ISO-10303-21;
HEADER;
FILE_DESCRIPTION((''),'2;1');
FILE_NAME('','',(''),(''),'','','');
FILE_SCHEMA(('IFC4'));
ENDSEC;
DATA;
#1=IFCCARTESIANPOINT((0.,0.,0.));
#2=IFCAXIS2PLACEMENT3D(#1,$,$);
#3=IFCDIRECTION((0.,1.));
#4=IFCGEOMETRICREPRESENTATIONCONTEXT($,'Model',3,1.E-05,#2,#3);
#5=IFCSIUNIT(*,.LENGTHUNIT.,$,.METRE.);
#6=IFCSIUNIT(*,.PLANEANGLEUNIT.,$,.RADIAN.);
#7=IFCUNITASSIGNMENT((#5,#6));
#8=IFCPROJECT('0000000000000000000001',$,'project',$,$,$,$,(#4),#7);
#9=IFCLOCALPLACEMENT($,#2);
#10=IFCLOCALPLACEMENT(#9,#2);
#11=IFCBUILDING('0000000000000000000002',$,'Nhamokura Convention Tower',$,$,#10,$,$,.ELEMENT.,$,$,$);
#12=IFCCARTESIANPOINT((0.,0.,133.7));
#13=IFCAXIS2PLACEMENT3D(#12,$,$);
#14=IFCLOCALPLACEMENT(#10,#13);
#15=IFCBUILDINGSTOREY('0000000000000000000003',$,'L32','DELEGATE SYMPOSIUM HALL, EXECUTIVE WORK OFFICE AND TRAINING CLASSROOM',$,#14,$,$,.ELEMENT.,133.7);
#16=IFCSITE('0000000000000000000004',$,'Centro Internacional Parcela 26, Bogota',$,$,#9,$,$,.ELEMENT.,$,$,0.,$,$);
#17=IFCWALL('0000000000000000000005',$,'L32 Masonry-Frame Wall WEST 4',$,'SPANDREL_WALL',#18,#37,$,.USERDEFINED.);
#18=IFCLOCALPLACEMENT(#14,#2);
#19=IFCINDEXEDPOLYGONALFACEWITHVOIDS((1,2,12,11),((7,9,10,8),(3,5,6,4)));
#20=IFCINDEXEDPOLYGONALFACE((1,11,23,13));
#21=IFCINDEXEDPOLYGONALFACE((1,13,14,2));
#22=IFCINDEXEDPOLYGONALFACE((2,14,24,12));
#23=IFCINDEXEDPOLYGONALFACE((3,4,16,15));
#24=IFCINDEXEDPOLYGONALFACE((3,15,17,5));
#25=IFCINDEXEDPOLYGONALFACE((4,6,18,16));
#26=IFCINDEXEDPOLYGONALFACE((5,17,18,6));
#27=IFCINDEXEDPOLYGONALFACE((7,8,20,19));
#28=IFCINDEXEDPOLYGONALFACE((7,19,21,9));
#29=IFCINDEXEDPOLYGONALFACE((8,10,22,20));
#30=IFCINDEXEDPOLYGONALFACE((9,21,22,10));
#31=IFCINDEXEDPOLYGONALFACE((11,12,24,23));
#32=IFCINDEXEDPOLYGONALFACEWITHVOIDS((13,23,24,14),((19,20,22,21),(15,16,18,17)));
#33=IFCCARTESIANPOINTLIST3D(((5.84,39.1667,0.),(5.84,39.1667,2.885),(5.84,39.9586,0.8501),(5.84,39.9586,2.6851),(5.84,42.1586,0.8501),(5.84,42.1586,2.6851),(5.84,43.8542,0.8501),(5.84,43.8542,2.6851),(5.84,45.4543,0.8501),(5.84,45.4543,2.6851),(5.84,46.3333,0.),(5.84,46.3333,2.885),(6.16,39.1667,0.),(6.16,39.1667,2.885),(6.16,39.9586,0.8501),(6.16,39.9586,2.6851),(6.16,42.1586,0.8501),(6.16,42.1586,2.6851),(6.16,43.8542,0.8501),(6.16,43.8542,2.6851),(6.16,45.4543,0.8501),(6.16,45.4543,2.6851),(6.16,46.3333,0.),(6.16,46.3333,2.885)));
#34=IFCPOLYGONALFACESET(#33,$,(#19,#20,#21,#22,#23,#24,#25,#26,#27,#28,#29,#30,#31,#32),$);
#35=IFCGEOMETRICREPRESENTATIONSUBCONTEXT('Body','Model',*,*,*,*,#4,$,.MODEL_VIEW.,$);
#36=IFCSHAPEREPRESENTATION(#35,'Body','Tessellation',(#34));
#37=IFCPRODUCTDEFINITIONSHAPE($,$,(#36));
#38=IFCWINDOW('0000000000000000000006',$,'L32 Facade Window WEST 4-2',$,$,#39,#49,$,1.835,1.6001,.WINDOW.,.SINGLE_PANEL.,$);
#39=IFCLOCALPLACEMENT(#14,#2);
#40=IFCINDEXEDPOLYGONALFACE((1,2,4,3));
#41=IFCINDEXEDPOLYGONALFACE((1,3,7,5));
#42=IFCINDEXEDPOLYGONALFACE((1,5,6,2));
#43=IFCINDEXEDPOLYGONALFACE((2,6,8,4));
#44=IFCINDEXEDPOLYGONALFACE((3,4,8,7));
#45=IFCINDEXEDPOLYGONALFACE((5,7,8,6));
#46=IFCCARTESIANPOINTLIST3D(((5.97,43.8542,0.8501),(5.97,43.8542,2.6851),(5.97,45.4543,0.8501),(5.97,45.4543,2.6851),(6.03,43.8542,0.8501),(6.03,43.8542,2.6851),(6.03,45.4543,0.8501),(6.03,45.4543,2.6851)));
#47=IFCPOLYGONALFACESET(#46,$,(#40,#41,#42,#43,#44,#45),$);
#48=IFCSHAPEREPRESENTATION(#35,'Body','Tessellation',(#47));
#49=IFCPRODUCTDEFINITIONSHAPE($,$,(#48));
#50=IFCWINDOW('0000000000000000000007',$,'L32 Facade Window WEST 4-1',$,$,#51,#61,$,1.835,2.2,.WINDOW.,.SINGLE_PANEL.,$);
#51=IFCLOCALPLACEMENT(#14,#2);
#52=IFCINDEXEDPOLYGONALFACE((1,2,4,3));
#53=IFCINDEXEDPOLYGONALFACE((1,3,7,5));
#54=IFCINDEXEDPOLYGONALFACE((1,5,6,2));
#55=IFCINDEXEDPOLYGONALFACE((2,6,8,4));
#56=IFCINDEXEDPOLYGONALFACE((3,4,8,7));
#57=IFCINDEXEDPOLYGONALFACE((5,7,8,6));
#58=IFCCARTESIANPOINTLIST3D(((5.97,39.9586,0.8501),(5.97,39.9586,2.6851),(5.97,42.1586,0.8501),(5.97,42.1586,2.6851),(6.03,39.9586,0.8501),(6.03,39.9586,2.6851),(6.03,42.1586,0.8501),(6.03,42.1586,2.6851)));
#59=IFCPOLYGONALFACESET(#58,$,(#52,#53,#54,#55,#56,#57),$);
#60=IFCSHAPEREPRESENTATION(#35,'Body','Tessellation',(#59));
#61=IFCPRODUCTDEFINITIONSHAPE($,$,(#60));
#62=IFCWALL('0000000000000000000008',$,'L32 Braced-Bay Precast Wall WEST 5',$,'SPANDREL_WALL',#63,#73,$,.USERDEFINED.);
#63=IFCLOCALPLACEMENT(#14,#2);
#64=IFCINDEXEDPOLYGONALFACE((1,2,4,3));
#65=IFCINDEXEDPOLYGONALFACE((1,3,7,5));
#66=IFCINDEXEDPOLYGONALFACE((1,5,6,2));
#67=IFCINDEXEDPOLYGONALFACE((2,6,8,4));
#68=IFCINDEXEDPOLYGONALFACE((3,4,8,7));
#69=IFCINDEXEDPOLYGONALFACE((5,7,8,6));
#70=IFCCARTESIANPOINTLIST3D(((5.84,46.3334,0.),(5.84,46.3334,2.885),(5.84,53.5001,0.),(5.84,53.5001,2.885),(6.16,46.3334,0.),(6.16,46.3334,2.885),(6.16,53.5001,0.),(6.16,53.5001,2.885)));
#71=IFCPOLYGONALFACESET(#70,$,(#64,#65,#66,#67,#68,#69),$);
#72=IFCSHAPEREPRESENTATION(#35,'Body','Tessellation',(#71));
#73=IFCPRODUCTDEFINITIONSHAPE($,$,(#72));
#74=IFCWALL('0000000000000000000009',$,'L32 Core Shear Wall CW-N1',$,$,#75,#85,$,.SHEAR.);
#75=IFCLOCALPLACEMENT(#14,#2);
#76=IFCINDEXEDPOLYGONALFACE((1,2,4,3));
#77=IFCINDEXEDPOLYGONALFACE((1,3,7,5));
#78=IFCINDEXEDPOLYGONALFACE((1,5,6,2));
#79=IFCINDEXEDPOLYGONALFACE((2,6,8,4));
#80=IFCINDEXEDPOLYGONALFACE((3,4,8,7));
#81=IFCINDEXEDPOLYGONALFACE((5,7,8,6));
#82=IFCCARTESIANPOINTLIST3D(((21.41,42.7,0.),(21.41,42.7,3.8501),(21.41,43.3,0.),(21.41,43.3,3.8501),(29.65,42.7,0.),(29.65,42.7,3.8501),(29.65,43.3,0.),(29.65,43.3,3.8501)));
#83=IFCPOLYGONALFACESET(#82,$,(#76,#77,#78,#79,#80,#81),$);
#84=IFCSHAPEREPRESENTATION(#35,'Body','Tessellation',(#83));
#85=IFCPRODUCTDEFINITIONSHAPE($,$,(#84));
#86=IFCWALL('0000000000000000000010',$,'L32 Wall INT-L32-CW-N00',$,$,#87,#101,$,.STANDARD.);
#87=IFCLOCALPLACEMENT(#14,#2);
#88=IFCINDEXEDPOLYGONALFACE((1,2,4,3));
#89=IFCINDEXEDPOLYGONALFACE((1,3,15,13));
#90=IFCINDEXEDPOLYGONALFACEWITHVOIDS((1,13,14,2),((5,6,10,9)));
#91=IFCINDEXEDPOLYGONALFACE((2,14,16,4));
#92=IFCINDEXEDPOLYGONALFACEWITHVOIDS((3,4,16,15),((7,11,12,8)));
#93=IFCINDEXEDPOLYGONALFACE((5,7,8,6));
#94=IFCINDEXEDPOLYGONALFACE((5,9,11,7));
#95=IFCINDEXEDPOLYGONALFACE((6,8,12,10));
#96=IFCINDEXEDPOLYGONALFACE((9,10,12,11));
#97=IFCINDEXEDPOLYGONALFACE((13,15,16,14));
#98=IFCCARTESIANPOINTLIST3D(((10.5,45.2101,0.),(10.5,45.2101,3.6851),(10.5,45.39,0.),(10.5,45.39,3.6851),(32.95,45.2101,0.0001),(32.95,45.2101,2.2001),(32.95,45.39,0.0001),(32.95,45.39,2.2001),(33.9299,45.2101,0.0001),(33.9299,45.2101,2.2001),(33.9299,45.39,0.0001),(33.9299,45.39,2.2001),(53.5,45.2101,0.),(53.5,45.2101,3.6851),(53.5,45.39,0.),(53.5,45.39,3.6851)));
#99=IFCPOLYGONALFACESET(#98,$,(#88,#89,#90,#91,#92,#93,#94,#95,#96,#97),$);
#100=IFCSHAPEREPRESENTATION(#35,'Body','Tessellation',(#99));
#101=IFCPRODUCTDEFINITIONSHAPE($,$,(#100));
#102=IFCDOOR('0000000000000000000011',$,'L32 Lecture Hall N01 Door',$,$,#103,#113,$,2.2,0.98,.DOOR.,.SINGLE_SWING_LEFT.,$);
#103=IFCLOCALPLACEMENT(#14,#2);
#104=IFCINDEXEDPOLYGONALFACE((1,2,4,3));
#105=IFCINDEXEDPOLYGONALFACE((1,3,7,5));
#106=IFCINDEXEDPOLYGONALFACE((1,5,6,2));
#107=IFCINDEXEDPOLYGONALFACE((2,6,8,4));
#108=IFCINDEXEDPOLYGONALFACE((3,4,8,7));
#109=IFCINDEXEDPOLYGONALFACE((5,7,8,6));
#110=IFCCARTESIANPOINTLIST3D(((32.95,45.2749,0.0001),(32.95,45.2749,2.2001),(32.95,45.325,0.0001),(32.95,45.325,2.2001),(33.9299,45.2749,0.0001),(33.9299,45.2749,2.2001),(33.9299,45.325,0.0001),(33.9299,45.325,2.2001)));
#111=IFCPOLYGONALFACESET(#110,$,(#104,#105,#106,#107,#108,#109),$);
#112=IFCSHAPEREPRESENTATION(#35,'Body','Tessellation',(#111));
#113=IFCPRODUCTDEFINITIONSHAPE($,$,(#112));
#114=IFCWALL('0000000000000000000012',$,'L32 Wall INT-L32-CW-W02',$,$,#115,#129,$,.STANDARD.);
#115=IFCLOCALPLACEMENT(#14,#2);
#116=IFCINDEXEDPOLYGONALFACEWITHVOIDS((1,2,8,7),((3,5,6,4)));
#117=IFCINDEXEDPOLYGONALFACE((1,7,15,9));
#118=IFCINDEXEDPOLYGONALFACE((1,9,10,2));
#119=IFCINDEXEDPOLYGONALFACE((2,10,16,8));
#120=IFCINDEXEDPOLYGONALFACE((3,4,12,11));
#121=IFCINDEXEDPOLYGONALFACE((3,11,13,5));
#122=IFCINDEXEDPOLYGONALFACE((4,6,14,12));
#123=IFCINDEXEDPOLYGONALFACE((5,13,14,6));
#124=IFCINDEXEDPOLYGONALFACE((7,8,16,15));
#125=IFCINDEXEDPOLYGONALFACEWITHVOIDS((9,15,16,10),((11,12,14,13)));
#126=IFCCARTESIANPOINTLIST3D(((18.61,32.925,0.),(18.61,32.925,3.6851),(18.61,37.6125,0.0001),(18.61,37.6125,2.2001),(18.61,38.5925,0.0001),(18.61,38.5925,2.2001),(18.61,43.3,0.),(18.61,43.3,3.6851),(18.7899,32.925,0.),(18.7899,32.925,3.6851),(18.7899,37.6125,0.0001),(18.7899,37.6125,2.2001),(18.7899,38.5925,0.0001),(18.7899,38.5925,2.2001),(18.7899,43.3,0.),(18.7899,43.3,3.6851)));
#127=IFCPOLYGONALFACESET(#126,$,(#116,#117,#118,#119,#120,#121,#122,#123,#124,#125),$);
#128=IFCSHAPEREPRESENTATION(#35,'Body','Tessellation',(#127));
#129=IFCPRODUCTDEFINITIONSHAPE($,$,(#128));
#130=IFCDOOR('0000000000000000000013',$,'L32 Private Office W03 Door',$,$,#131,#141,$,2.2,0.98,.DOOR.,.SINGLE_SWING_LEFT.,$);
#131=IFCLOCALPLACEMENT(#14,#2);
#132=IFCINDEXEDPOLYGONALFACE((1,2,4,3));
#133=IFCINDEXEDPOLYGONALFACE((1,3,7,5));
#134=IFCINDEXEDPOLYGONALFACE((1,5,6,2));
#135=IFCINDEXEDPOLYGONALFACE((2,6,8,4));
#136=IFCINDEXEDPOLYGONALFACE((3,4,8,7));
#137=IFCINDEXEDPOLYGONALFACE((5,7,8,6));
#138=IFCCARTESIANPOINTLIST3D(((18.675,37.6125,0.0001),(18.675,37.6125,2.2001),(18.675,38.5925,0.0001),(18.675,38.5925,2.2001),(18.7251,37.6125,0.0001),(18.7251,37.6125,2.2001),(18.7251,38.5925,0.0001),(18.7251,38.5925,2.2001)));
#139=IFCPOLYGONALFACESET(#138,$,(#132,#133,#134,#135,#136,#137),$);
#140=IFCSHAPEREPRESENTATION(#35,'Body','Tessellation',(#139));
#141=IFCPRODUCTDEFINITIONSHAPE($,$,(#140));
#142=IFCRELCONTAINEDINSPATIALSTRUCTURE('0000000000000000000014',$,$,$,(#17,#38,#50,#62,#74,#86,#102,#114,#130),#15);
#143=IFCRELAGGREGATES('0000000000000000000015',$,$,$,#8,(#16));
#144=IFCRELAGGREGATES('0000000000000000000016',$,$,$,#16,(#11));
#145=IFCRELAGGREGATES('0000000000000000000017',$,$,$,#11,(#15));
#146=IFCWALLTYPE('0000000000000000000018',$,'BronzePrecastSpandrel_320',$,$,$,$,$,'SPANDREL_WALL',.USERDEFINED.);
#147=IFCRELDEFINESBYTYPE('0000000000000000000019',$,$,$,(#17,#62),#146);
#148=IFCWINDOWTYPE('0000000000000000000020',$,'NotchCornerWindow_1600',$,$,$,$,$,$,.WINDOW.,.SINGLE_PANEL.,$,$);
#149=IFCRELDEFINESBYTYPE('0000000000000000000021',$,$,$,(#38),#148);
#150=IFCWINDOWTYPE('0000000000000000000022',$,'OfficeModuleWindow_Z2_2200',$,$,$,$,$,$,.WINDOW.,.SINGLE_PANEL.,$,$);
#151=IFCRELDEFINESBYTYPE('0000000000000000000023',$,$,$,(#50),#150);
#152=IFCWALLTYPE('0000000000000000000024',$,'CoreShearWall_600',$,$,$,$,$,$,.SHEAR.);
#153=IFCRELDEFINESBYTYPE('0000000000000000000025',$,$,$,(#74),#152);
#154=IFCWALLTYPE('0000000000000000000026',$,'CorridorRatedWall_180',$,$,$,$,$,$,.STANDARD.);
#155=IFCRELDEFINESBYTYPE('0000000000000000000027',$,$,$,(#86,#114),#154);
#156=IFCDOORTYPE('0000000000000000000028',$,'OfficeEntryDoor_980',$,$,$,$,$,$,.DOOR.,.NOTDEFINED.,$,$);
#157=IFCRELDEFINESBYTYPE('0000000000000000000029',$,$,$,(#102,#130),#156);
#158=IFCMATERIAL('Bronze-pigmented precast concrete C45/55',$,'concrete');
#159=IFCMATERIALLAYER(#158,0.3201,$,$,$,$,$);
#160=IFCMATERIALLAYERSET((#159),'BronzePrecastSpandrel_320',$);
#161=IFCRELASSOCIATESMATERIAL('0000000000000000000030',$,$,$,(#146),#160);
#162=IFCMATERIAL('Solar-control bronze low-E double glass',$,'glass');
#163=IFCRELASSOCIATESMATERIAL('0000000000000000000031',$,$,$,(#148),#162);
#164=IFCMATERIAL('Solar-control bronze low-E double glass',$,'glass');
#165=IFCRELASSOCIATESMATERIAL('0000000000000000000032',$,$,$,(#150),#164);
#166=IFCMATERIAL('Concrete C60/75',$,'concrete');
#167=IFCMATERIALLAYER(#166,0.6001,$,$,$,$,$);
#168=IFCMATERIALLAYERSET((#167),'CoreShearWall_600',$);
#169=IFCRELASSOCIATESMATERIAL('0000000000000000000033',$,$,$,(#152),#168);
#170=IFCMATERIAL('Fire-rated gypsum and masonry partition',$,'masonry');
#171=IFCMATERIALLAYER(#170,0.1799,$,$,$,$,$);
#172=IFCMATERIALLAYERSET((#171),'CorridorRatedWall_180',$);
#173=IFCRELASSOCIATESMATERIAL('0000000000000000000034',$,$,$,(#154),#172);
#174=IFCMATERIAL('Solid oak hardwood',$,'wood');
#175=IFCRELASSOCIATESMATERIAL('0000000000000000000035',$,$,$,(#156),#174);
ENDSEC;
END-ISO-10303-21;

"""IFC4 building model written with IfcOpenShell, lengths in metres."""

from ifc_helpers import new_model, si_unit, direction, frame, frame_2d, origin, place, context, subcontext, project, spatial, rectangle, extrude, material, layer, layer_set, type_object, element, fill, save


model = new_model("IFC4")

# Units and contexts
model_context = context("Model", 3, precision=1e-05, world=origin(), true_north=direction((0.0, 1.0)))
body_context = subcontext(model_context, "Body", "Model", "MODEL_VIEW")
ifc_project = project(units=[si_unit("LENGTHUNIT", "METRE"), si_unit("PLANEANGLEUNIT", "RADIAN")], contexts=[model_context])

# Site, building, storey
site_placement = place(None, origin())
site = spatial("IfcSite", under=ifc_project, at=site_placement, Name="Centro Internacional Parcela 26, Bogota", CompositionType="ELEMENT", RefElevation=0.0)
building_placement = place(site_placement, origin())
building = spatial("IfcBuilding", under=site, at=building_placement, Name="Nhamokura Convention Tower", CompositionType="ELEMENT")
storey_placement = place(building_placement, frame((0.0, 0.0, 133.7)))
storey = spatial("IfcBuildingStorey", under=building, at=storey_placement, Name="L32", Description="DELEGATE SYMPOSIUM HALL, EXECUTIVE WORK OFFICE AND TRAINING CLASSROOM", CompositionType="ELEMENT", Elevation=133.7)

# Wall, openings, windows
ifc_material_1 = material(Name="Bronze-pigmented precast concrete C45/55", Category="concrete")
ifc_layer_1 = layer(ifc_material_1, 0.3201)
ifc_layer_set_1 = layer_set([ifc_layer_1], Name="BronzePrecastSpandrel_320")
wall_type_1 = type_object("IfcWallType", Name="BronzePrecastSpandrel_320", ElementType="SPANDREL_WALL", PredefinedType="USERDEFINED", material=ifc_layer_set_1)
wall_1_placement = place(storey_placement, frame((6.0, 39.1667, 0.0), z_axis=(0.0, 0.0, 1.0), x_axis=(0.0, 1.0, 0.0)))
wall_1 = element("IfcWall", 1, at=wall_1_placement, inside=storey, type_object=wall_type_1, Name="L32 Masonry-Frame Wall WEST 4", ObjectType="SPANDREL_WALL", PredefinedType="USERDEFINED", context=body_context, shape_type="SweptSolid", body=[
    extrude(rectangle(XDim=7.1665, YDim=0.3201, at=frame_2d((3.5833, 0.0))), origin(), (0.0, 0.0, 1.0), 2.885),
])
opening_1_placement = place(wall_1_placement, frame((0.7917, 0.0, 0.8501)))
opening_1 = element("IfcOpeningElement", 2, at=opening_1_placement, cuts=wall_1, PredefinedType="OPENING", context=body_context, shape_type="SweptSolid", body=[
    extrude(rectangle(XDim=2.2, YDim=1.835, at=frame_2d((1.1001, 0.9175))), frame((0.0, 0.1699, 0.0), z_axis=(0.0, -1.0, 0.0), x_axis=(1.0, 0.0, 0.0)), (0.0, 0.0, 1.0), 0.3401),
])
opening_2_placement = place(wall_1_placement, frame((4.6875, 0.0, 0.8501)))
opening_2 = element("IfcOpeningElement", 3, at=opening_2_placement, cuts=wall_1, PredefinedType="OPENING", context=body_context, shape_type="SweptSolid", body=[
    extrude(rectangle(XDim=1.6001, YDim=1.835, at=frame_2d((0.8, 0.9175))), frame((0.0, 0.1699, 0.0), z_axis=(0.0, -1.0, 0.0), x_axis=(1.0, 0.0, 0.0)), (0.0, 0.0, 1.0), 0.3401),
])
ifc_material_2 = material(Name="Solar-control bronze low-E double glass", Category="glass")
window_type_1 = type_object("IfcWindowType", Name="NotchCornerWindow_1600", PartitioningType="SINGLE_PANEL", PredefinedType="WINDOW", material=ifc_material_2)
window_1_placement = place(opening_2_placement, origin())
window_1 = element("IfcWindow", 4, at=window_1_placement, inside=storey, type_object=window_type_1, Name="L32 Facade Window WEST 4-2", OverallHeight=1.835, OverallWidth=1.6001, PartitioningType="SINGLE_PANEL", PredefinedType="WINDOW", context=body_context, shape_type="SweptSolid", body=[
    extrude(rectangle(XDim=1.6001, YDim=1.835, at=frame_2d((0.8, 0.9175))), frame((0.0, 0.03, 0.0), z_axis=(0.0, -1.0, 0.0), x_axis=(1.0, 0.0, 0.0)), (0.0, 0.0, 1.0), 0.0601),
])
fill(opening_2, window_1)
ifc_material_3 = material(Name="Solar-control bronze low-E double glass", Category="glass")
window_type_2 = type_object("IfcWindowType", Name="OfficeModuleWindow_Z2_2200", PartitioningType="SINGLE_PANEL", PredefinedType="WINDOW", material=ifc_material_3)
window_2_placement = place(opening_1_placement, origin())
window_2 = element("IfcWindow", 5, at=window_2_placement, inside=storey, type_object=window_type_2, Name="L32 Facade Window WEST 4-1", OverallHeight=1.835, OverallWidth=2.2, PartitioningType="SINGLE_PANEL", PredefinedType="WINDOW", context=body_context, shape_type="SweptSolid", body=[
    extrude(rectangle(XDim=2.2, YDim=1.835, at=frame_2d((1.1001, 0.9175))), frame((0.0, 0.03, 0.0), z_axis=(0.0, -1.0, 0.0), x_axis=(1.0, 0.0, 0.0)), (0.0, 0.0, 1.0), 0.0601),
])
fill(opening_1, window_2)

# Walls
wall_2_placement = place(storey_placement, frame((6.0, 46.3333, 0.0), z_axis=(0.0, 0.0, 1.0), x_axis=(0.0, 1.0, 0.0)))
element("IfcWall", 6, at=wall_2_placement, inside=storey, type_object=wall_type_1, Name="L32 Braced-Bay Precast Wall WEST 5", ObjectType="SPANDREL_WALL", PredefinedType="USERDEFINED", context=body_context, shape_type="SweptSolid", body=[
    extrude(rectangle(XDim=7.1667, YDim=0.3201, at=frame_2d((3.5835, 0.0))), origin(), (0.0, 0.0, 1.0), 2.885),
])
ifc_material_4 = material(Name="Concrete C60/75", Category="concrete")
ifc_layer_2 = layer(ifc_material_4, 0.6001)
ifc_layer_set_2 = layer_set([ifc_layer_2], Name="CoreShearWall_600")
wall_type_2 = type_object("IfcWallType", Name="CoreShearWall_600", PredefinedType="SHEAR", material=ifc_layer_set_2)
wall_3_placement = place(storey_placement, frame((21.4099, 43.0, 0.0), z_axis=(0.0, 0.0, 1.0), x_axis=(1.0, 0.0, 0.0)))
element("IfcWall", 7, at=wall_3_placement, inside=storey, type_object=wall_type_2, Name="L32 Core Shear Wall CW-N1", PredefinedType="SHEAR", context=body_context, shape_type="SweptSolid", body=[
    extrude(rectangle(XDim=8.24, YDim=0.6001, at=frame_2d((4.1201, 0.0))), origin(), (0.0, 0.0, 1.0), 3.8501),
])

# Walls, openings, doors
ifc_material_5 = material(Name="Fire-rated gypsum and masonry partition", Category="masonry")
ifc_layer_3 = layer(ifc_material_5, 0.1799)
ifc_layer_set_3 = layer_set([ifc_layer_3], Name="CorridorRatedWall_180")
wall_type_3 = type_object("IfcWallType", Name="CorridorRatedWall_180", PredefinedType="STANDARD", material=ifc_layer_set_3)
wall_4_placement = place(storey_placement, frame((10.5, 45.3, 0.0), z_axis=(0.0, 0.0, 1.0), x_axis=(1.0, 0.0, 0.0)))
wall_4 = element("IfcWall", 8, at=wall_4_placement, inside=storey, type_object=wall_type_3, Name="L32 Wall INT-L32-CW-N00", PredefinedType="STANDARD", context=body_context, shape_type="SweptSolid", body=[
    extrude(rectangle(XDim=43.0, YDim=0.1799, at=frame_2d((21.5, 0.0))), origin(), (0.0, 0.0, 1.0), 3.6851),
])
opening_3_placement = place(wall_4_placement, frame((22.45, 0.0, 0.0)))
opening_3 = element("IfcOpeningElement", 9, at=opening_3_placement, cuts=wall_4, PredefinedType="OPENING", context=body_context, shape_type="SweptSolid", body=[
    extrude(rectangle(XDim=0.98, YDim=2.2, at=frame_2d((0.49, 1.1001))), frame((0.0, 0.0999, 0.0), z_axis=(0.0, -1.0, 0.0), x_axis=(1.0, 0.0, 0.0)), (0.0, 0.0, 1.0), 0.2),
])
ifc_material_6 = material(Name="Solid oak hardwood", Category="wood")
door_type_1 = type_object("IfcDoorType", Name="OfficeEntryDoor_980", OperationType="NOTDEFINED", PredefinedType="DOOR", material=ifc_material_6)
door_1_placement = place(opening_3_placement, origin())
door_1 = element("IfcDoor", 10, at=door_1_placement, inside=storey, type_object=door_type_1, Name="L32 Lecture Hall N01 Door", OperationType="SINGLE_SWING_LEFT", OverallHeight=2.2, OverallWidth=0.98, PredefinedType="DOOR", context=body_context, shape_type="SweptSolid", body=[
    extrude(rectangle(XDim=0.98, YDim=2.2, at=frame_2d((0.49, 1.1001))), frame((0.0, 0.0249, 0.0), z_axis=(0.0, -1.0, 0.0), x_axis=(1.0, 0.0, 0.0)), (0.0, 0.0, 1.0), 0.05),
])
fill(opening_3, door_1)
wall_5_placement = place(storey_placement, frame((18.7, 32.925, 0.0), z_axis=(0.0, 0.0, 1.0), x_axis=(0.0, 1.0, 0.0)))
wall_5 = element("IfcWall", 11, at=wall_5_placement, inside=storey, type_object=wall_type_3, Name="L32 Wall INT-L32-CW-W02", PredefinedType="STANDARD", context=body_context, shape_type="SweptSolid", body=[
    extrude(rectangle(XDim=10.375, YDim=0.1799, at=frame_2d((5.1875, 0.0))), origin(), (0.0, 0.0, 1.0), 3.6851),
])
opening_4_placement = place(wall_5_placement, frame((4.6875, 0.0, 0.0)))
opening_4 = element("IfcOpeningElement", 12, at=opening_4_placement, cuts=wall_5, PredefinedType="OPENING", context=body_context, shape_type="SweptSolid", body=[
    extrude(rectangle(XDim=0.98, YDim=2.2, at=frame_2d((0.49, 1.1001))), frame((0.0, 0.0999, 0.0), z_axis=(0.0, -1.0, 0.0), x_axis=(1.0, 0.0, 0.0)), (0.0, 0.0, 1.0), 0.2),
])
door_2_placement = place(opening_4_placement, origin())
door_2 = element("IfcDoor", 13, at=door_2_placement, inside=storey, type_object=door_type_1, Name="L32 Private Office W03 Door", OperationType="SINGLE_SWING_LEFT", OverallHeight=2.2, OverallWidth=0.98, PredefinedType="DOOR", context=body_context, shape_type="SweptSolid", body=[
    extrude(rectangle(XDim=0.98, YDim=2.2, at=frame_2d((0.49, 1.1001))), frame((0.0, 0.0249, 0.0), z_axis=(0.0, -1.0, 0.0), x_axis=(1.0, 0.0, 0.0)), (0.0, 0.0, 1.0), 0.05),
])
fill(opening_4, door_2)

save(model, "model.ifc")
